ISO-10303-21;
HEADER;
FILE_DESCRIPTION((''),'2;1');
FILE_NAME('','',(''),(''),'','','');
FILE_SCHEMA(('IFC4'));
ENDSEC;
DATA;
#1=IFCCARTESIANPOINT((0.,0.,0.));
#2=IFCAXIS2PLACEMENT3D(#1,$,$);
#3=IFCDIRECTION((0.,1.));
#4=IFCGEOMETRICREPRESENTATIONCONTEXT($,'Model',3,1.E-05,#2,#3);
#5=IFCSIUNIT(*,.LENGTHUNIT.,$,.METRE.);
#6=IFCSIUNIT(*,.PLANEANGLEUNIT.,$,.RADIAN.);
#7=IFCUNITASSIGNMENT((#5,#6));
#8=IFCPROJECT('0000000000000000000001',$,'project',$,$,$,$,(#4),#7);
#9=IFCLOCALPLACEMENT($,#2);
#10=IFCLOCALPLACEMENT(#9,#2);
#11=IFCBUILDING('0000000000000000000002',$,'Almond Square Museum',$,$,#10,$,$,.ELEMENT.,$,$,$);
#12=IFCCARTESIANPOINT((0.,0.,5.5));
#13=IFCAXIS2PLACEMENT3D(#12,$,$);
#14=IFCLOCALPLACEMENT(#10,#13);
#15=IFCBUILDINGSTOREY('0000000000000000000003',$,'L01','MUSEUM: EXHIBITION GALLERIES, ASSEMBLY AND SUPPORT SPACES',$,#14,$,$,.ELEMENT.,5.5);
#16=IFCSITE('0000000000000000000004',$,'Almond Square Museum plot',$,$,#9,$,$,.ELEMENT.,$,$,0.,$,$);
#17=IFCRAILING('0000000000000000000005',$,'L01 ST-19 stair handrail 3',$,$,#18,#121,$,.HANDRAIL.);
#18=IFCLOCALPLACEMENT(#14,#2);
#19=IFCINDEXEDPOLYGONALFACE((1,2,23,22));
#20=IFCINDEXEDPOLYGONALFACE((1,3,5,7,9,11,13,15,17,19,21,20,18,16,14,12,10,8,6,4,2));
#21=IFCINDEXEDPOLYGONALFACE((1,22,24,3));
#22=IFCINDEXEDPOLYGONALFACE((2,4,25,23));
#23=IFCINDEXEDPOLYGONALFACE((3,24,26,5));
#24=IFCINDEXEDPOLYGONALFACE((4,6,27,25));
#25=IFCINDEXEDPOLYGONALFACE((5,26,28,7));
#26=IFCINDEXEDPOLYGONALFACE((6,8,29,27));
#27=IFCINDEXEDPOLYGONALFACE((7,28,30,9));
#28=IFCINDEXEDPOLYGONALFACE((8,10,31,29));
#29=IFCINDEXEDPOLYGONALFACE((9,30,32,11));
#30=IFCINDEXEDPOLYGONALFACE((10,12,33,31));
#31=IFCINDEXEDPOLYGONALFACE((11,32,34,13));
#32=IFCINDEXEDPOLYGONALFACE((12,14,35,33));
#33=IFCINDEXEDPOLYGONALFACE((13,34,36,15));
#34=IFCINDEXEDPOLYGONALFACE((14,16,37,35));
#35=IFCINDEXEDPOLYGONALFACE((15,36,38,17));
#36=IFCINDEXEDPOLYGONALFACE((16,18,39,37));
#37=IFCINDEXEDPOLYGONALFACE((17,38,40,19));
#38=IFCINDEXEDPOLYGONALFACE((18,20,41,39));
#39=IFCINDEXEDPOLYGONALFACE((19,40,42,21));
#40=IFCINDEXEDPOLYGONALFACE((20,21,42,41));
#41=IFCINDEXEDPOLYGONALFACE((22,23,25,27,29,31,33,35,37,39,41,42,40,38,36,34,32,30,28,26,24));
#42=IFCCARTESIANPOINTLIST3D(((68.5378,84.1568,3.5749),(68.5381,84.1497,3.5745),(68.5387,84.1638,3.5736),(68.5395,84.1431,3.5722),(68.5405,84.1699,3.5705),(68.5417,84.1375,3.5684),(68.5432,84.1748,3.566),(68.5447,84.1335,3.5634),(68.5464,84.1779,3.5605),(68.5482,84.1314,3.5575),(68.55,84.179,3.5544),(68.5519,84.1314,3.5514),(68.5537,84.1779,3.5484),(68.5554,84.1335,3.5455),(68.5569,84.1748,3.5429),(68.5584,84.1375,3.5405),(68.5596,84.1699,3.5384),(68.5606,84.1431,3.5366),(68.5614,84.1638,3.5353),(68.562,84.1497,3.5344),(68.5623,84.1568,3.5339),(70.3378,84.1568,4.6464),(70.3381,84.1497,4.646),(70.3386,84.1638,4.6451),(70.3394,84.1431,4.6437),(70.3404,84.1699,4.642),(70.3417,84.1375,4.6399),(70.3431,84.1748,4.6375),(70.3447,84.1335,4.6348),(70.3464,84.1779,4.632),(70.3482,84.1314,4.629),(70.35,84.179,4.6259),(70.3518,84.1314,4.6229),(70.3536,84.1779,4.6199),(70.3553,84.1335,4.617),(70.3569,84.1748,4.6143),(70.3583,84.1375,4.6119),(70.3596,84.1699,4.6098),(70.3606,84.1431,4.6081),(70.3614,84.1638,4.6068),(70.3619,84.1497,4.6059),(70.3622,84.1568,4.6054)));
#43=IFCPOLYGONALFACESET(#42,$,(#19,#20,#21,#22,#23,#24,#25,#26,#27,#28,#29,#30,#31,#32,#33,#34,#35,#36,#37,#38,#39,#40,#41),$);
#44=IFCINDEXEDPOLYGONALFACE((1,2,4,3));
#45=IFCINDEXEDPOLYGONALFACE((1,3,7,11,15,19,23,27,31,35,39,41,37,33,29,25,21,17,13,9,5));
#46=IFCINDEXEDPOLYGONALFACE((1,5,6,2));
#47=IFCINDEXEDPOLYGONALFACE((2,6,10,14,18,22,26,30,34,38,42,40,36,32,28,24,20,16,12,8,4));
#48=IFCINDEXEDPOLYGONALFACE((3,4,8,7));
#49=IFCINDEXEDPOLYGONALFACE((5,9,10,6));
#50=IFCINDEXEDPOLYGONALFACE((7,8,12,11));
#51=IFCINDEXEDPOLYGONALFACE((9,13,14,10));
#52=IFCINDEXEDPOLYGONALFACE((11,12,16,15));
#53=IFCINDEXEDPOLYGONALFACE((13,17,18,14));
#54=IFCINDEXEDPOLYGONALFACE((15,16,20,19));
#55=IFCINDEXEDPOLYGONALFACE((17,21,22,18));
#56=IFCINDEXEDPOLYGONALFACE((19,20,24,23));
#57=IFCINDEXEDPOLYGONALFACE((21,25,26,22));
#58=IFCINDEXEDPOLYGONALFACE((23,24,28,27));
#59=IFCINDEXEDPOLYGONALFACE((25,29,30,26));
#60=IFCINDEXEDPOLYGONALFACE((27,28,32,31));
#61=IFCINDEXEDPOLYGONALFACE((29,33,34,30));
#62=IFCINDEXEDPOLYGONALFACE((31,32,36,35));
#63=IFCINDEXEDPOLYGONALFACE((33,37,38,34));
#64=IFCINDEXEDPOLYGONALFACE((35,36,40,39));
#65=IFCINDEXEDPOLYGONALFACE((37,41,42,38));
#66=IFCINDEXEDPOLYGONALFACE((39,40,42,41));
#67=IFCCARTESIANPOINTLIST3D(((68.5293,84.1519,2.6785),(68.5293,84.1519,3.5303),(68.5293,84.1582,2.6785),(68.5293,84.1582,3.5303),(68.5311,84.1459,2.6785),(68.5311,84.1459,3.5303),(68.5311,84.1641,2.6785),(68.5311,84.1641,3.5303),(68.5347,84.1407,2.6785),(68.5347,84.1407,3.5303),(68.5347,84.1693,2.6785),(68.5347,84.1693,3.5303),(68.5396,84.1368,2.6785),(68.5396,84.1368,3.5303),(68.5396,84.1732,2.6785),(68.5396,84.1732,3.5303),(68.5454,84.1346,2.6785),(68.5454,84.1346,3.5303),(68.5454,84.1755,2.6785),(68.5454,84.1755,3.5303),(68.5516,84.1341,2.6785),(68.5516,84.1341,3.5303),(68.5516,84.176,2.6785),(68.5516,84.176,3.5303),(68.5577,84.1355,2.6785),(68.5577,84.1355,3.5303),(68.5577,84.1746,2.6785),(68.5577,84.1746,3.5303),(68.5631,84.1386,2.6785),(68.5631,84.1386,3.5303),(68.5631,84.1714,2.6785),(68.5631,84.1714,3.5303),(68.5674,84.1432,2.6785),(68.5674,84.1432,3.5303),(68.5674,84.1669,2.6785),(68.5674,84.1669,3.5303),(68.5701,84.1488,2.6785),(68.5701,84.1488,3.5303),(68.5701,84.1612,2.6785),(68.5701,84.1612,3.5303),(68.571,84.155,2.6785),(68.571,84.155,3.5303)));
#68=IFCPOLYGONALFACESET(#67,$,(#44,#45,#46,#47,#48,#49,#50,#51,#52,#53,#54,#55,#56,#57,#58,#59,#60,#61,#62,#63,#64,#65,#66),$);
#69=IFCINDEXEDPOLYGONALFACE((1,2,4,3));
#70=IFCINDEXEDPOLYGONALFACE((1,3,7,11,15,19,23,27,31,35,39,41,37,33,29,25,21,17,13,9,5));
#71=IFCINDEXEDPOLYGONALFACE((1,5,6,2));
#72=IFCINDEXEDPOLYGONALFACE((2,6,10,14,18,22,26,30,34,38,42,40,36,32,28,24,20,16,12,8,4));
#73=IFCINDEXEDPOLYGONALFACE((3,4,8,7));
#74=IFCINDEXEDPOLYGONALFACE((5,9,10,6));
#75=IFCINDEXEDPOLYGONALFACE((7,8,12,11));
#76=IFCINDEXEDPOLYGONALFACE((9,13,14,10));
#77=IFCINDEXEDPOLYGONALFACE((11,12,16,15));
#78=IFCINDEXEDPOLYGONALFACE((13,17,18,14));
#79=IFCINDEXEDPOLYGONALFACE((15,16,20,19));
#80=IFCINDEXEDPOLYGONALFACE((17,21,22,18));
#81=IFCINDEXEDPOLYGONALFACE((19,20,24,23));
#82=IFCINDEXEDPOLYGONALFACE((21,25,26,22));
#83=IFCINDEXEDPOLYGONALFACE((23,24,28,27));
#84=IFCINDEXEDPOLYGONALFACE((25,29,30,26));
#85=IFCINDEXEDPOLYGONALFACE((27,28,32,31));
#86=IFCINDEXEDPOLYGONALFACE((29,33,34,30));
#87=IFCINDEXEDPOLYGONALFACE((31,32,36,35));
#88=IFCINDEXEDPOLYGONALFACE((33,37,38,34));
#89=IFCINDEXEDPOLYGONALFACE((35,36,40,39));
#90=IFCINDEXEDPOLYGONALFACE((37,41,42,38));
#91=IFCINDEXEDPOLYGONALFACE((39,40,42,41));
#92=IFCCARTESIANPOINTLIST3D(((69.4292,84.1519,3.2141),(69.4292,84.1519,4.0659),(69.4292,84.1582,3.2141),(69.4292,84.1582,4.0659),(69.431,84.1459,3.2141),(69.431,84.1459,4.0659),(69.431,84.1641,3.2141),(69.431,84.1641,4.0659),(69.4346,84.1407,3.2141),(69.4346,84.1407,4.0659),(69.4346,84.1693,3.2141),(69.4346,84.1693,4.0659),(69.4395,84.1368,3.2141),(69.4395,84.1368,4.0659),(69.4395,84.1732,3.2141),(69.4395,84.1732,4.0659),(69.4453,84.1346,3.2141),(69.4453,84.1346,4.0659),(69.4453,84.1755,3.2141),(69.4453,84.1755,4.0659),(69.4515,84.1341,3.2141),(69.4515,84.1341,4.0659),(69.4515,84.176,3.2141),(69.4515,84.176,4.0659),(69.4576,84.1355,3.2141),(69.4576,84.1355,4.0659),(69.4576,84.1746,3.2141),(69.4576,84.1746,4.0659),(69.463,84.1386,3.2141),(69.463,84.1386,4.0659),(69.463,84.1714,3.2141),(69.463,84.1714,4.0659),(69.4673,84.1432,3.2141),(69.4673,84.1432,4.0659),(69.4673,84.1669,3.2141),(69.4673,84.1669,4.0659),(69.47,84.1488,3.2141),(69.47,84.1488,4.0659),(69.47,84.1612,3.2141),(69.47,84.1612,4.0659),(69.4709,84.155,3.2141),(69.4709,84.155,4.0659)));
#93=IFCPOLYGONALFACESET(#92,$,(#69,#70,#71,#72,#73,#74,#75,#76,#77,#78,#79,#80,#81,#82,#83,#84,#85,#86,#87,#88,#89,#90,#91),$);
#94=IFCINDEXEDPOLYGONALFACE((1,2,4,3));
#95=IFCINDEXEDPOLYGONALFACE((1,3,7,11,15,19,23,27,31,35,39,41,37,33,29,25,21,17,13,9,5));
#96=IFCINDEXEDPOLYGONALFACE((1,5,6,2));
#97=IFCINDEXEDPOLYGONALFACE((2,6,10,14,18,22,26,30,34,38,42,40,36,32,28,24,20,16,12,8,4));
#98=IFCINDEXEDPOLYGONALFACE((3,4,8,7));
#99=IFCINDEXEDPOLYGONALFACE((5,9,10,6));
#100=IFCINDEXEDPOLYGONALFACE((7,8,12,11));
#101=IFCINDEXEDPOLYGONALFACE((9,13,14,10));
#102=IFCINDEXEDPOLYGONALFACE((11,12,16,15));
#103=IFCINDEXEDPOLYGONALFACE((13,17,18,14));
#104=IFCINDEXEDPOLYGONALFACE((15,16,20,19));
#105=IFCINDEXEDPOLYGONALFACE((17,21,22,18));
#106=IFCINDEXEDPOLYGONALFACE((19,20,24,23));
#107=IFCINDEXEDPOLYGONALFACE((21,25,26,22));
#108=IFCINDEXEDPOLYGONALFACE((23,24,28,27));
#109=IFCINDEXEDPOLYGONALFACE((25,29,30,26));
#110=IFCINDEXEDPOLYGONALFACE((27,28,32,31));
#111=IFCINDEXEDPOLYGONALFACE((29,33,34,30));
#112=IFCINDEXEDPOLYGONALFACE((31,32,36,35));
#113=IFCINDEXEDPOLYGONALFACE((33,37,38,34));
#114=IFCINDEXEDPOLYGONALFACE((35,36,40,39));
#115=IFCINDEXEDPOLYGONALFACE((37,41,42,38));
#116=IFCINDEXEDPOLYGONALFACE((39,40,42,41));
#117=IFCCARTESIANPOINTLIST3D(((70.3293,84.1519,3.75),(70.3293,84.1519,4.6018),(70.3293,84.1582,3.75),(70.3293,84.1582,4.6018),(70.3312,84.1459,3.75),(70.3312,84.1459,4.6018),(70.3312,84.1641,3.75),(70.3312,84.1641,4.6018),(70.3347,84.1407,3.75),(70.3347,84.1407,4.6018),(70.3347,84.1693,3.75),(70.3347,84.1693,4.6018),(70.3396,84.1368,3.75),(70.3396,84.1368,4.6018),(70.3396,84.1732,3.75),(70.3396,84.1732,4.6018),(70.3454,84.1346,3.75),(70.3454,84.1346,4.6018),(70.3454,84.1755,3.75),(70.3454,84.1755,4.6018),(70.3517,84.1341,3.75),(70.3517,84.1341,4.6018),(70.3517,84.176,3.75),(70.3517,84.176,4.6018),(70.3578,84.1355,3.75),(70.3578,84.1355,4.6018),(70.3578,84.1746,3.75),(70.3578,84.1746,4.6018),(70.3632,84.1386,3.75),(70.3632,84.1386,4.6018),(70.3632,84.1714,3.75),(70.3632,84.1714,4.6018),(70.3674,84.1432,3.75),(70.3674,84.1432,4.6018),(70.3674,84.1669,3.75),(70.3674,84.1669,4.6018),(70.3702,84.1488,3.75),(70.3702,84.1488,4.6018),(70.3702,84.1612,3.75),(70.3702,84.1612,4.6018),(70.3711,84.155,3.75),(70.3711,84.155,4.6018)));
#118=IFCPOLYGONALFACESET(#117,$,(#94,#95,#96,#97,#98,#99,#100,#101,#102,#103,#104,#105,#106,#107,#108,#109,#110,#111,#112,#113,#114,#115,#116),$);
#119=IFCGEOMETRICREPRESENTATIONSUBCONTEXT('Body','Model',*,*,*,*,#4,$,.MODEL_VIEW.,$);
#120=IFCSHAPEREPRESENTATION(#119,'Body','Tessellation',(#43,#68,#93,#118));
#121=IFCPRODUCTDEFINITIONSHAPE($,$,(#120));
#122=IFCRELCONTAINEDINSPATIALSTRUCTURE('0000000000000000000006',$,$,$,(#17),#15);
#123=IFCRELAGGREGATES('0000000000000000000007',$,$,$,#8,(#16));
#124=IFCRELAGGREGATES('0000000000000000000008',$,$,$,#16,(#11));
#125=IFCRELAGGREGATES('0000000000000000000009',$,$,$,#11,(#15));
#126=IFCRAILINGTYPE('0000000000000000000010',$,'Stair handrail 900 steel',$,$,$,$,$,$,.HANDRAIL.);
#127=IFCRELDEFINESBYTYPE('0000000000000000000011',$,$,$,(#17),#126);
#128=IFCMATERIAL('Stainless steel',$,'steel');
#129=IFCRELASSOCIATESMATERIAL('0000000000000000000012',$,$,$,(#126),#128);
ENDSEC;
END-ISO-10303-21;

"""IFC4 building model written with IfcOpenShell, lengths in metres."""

from ifc_helpers import new_model, si_unit, direction, frame, origin, origin_2d, place, context, subcontext, project, spatial, circle, extrude, material, type_object, element, save


model = new_model("IFC4")

# Units and contexts
model_context = context("Model", 3, precision=1e-05, world=origin(), true_north=direction((0.0, 1.0)))
body_context = subcontext(model_context, "Body", "Model", "MODEL_VIEW")
ifc_project = project(units=[si_unit("LENGTHUNIT", "METRE"), si_unit("PLANEANGLEUNIT", "RADIAN")], contexts=[model_context])

# Site, building, storey
site_placement = place(None, origin())
site = spatial("IfcSite", under=ifc_project, at=site_placement, Name="Almond Square Museum plot", CompositionType="ELEMENT", RefElevation=0.0)
building_placement = place(site_placement, origin())
building = spatial("IfcBuilding", under=site, at=building_placement, Name="Almond Square Museum", CompositionType="ELEMENT")
storey_placement = place(building_placement, frame((0.0, 0.0, 5.5)))
storey = spatial("IfcBuildingStorey", under=building, at=storey_placement, Name="L01", Description="MUSEUM: EXHIBITION GALLERIES, ASSEMBLY AND SUPPORT SPACES", CompositionType="ELEMENT", Elevation=5.5)

# Railing
ifc_material_1 = material(Name="Stainless steel", Category="steel")
railing_type_1 = type_object("IfcRailingType", Name="Stair handrail 900 steel", PredefinedType="HANDRAIL", material=ifc_material_1)
railing_1_placement = place(storey_placement, frame((68.55, 84.155, 2.6785)))
element("IfcRailing", 1, at=railing_1_placement, inside=storey, type_object=railing_type_1, Name="L01 ST-19 stair handrail 3", PredefinedType="HANDRAIL", context=body_context, shape_type="SweptSolid", body=[
    extrude(circle(Radius=0.0239, at=origin_2d()), frame((0.0, 0.0, 0.876), z_axis=(0.859277, 0.0, 0.51151), x_axis=(0.0, 1.0, 0.0)), (0.0, 0.0, 1.0), 2.0947),
    extrude(circle(Radius=0.021, at=origin_2d()), origin(), (0.0, 0.0, 1.0), 0.8518),
    extrude(circle(Radius=0.021, at=origin_2d()), frame((0.8999, 0.0, 0.5356)), (0.0, 0.0, 1.0), 0.8518),
    extrude(circle(Radius=0.021, at=origin_2d()), frame((1.8, 0.0, 1.0715)), (0.0, 0.0, 1.0), 0.8518),
])

save(model, "model.ifc")
